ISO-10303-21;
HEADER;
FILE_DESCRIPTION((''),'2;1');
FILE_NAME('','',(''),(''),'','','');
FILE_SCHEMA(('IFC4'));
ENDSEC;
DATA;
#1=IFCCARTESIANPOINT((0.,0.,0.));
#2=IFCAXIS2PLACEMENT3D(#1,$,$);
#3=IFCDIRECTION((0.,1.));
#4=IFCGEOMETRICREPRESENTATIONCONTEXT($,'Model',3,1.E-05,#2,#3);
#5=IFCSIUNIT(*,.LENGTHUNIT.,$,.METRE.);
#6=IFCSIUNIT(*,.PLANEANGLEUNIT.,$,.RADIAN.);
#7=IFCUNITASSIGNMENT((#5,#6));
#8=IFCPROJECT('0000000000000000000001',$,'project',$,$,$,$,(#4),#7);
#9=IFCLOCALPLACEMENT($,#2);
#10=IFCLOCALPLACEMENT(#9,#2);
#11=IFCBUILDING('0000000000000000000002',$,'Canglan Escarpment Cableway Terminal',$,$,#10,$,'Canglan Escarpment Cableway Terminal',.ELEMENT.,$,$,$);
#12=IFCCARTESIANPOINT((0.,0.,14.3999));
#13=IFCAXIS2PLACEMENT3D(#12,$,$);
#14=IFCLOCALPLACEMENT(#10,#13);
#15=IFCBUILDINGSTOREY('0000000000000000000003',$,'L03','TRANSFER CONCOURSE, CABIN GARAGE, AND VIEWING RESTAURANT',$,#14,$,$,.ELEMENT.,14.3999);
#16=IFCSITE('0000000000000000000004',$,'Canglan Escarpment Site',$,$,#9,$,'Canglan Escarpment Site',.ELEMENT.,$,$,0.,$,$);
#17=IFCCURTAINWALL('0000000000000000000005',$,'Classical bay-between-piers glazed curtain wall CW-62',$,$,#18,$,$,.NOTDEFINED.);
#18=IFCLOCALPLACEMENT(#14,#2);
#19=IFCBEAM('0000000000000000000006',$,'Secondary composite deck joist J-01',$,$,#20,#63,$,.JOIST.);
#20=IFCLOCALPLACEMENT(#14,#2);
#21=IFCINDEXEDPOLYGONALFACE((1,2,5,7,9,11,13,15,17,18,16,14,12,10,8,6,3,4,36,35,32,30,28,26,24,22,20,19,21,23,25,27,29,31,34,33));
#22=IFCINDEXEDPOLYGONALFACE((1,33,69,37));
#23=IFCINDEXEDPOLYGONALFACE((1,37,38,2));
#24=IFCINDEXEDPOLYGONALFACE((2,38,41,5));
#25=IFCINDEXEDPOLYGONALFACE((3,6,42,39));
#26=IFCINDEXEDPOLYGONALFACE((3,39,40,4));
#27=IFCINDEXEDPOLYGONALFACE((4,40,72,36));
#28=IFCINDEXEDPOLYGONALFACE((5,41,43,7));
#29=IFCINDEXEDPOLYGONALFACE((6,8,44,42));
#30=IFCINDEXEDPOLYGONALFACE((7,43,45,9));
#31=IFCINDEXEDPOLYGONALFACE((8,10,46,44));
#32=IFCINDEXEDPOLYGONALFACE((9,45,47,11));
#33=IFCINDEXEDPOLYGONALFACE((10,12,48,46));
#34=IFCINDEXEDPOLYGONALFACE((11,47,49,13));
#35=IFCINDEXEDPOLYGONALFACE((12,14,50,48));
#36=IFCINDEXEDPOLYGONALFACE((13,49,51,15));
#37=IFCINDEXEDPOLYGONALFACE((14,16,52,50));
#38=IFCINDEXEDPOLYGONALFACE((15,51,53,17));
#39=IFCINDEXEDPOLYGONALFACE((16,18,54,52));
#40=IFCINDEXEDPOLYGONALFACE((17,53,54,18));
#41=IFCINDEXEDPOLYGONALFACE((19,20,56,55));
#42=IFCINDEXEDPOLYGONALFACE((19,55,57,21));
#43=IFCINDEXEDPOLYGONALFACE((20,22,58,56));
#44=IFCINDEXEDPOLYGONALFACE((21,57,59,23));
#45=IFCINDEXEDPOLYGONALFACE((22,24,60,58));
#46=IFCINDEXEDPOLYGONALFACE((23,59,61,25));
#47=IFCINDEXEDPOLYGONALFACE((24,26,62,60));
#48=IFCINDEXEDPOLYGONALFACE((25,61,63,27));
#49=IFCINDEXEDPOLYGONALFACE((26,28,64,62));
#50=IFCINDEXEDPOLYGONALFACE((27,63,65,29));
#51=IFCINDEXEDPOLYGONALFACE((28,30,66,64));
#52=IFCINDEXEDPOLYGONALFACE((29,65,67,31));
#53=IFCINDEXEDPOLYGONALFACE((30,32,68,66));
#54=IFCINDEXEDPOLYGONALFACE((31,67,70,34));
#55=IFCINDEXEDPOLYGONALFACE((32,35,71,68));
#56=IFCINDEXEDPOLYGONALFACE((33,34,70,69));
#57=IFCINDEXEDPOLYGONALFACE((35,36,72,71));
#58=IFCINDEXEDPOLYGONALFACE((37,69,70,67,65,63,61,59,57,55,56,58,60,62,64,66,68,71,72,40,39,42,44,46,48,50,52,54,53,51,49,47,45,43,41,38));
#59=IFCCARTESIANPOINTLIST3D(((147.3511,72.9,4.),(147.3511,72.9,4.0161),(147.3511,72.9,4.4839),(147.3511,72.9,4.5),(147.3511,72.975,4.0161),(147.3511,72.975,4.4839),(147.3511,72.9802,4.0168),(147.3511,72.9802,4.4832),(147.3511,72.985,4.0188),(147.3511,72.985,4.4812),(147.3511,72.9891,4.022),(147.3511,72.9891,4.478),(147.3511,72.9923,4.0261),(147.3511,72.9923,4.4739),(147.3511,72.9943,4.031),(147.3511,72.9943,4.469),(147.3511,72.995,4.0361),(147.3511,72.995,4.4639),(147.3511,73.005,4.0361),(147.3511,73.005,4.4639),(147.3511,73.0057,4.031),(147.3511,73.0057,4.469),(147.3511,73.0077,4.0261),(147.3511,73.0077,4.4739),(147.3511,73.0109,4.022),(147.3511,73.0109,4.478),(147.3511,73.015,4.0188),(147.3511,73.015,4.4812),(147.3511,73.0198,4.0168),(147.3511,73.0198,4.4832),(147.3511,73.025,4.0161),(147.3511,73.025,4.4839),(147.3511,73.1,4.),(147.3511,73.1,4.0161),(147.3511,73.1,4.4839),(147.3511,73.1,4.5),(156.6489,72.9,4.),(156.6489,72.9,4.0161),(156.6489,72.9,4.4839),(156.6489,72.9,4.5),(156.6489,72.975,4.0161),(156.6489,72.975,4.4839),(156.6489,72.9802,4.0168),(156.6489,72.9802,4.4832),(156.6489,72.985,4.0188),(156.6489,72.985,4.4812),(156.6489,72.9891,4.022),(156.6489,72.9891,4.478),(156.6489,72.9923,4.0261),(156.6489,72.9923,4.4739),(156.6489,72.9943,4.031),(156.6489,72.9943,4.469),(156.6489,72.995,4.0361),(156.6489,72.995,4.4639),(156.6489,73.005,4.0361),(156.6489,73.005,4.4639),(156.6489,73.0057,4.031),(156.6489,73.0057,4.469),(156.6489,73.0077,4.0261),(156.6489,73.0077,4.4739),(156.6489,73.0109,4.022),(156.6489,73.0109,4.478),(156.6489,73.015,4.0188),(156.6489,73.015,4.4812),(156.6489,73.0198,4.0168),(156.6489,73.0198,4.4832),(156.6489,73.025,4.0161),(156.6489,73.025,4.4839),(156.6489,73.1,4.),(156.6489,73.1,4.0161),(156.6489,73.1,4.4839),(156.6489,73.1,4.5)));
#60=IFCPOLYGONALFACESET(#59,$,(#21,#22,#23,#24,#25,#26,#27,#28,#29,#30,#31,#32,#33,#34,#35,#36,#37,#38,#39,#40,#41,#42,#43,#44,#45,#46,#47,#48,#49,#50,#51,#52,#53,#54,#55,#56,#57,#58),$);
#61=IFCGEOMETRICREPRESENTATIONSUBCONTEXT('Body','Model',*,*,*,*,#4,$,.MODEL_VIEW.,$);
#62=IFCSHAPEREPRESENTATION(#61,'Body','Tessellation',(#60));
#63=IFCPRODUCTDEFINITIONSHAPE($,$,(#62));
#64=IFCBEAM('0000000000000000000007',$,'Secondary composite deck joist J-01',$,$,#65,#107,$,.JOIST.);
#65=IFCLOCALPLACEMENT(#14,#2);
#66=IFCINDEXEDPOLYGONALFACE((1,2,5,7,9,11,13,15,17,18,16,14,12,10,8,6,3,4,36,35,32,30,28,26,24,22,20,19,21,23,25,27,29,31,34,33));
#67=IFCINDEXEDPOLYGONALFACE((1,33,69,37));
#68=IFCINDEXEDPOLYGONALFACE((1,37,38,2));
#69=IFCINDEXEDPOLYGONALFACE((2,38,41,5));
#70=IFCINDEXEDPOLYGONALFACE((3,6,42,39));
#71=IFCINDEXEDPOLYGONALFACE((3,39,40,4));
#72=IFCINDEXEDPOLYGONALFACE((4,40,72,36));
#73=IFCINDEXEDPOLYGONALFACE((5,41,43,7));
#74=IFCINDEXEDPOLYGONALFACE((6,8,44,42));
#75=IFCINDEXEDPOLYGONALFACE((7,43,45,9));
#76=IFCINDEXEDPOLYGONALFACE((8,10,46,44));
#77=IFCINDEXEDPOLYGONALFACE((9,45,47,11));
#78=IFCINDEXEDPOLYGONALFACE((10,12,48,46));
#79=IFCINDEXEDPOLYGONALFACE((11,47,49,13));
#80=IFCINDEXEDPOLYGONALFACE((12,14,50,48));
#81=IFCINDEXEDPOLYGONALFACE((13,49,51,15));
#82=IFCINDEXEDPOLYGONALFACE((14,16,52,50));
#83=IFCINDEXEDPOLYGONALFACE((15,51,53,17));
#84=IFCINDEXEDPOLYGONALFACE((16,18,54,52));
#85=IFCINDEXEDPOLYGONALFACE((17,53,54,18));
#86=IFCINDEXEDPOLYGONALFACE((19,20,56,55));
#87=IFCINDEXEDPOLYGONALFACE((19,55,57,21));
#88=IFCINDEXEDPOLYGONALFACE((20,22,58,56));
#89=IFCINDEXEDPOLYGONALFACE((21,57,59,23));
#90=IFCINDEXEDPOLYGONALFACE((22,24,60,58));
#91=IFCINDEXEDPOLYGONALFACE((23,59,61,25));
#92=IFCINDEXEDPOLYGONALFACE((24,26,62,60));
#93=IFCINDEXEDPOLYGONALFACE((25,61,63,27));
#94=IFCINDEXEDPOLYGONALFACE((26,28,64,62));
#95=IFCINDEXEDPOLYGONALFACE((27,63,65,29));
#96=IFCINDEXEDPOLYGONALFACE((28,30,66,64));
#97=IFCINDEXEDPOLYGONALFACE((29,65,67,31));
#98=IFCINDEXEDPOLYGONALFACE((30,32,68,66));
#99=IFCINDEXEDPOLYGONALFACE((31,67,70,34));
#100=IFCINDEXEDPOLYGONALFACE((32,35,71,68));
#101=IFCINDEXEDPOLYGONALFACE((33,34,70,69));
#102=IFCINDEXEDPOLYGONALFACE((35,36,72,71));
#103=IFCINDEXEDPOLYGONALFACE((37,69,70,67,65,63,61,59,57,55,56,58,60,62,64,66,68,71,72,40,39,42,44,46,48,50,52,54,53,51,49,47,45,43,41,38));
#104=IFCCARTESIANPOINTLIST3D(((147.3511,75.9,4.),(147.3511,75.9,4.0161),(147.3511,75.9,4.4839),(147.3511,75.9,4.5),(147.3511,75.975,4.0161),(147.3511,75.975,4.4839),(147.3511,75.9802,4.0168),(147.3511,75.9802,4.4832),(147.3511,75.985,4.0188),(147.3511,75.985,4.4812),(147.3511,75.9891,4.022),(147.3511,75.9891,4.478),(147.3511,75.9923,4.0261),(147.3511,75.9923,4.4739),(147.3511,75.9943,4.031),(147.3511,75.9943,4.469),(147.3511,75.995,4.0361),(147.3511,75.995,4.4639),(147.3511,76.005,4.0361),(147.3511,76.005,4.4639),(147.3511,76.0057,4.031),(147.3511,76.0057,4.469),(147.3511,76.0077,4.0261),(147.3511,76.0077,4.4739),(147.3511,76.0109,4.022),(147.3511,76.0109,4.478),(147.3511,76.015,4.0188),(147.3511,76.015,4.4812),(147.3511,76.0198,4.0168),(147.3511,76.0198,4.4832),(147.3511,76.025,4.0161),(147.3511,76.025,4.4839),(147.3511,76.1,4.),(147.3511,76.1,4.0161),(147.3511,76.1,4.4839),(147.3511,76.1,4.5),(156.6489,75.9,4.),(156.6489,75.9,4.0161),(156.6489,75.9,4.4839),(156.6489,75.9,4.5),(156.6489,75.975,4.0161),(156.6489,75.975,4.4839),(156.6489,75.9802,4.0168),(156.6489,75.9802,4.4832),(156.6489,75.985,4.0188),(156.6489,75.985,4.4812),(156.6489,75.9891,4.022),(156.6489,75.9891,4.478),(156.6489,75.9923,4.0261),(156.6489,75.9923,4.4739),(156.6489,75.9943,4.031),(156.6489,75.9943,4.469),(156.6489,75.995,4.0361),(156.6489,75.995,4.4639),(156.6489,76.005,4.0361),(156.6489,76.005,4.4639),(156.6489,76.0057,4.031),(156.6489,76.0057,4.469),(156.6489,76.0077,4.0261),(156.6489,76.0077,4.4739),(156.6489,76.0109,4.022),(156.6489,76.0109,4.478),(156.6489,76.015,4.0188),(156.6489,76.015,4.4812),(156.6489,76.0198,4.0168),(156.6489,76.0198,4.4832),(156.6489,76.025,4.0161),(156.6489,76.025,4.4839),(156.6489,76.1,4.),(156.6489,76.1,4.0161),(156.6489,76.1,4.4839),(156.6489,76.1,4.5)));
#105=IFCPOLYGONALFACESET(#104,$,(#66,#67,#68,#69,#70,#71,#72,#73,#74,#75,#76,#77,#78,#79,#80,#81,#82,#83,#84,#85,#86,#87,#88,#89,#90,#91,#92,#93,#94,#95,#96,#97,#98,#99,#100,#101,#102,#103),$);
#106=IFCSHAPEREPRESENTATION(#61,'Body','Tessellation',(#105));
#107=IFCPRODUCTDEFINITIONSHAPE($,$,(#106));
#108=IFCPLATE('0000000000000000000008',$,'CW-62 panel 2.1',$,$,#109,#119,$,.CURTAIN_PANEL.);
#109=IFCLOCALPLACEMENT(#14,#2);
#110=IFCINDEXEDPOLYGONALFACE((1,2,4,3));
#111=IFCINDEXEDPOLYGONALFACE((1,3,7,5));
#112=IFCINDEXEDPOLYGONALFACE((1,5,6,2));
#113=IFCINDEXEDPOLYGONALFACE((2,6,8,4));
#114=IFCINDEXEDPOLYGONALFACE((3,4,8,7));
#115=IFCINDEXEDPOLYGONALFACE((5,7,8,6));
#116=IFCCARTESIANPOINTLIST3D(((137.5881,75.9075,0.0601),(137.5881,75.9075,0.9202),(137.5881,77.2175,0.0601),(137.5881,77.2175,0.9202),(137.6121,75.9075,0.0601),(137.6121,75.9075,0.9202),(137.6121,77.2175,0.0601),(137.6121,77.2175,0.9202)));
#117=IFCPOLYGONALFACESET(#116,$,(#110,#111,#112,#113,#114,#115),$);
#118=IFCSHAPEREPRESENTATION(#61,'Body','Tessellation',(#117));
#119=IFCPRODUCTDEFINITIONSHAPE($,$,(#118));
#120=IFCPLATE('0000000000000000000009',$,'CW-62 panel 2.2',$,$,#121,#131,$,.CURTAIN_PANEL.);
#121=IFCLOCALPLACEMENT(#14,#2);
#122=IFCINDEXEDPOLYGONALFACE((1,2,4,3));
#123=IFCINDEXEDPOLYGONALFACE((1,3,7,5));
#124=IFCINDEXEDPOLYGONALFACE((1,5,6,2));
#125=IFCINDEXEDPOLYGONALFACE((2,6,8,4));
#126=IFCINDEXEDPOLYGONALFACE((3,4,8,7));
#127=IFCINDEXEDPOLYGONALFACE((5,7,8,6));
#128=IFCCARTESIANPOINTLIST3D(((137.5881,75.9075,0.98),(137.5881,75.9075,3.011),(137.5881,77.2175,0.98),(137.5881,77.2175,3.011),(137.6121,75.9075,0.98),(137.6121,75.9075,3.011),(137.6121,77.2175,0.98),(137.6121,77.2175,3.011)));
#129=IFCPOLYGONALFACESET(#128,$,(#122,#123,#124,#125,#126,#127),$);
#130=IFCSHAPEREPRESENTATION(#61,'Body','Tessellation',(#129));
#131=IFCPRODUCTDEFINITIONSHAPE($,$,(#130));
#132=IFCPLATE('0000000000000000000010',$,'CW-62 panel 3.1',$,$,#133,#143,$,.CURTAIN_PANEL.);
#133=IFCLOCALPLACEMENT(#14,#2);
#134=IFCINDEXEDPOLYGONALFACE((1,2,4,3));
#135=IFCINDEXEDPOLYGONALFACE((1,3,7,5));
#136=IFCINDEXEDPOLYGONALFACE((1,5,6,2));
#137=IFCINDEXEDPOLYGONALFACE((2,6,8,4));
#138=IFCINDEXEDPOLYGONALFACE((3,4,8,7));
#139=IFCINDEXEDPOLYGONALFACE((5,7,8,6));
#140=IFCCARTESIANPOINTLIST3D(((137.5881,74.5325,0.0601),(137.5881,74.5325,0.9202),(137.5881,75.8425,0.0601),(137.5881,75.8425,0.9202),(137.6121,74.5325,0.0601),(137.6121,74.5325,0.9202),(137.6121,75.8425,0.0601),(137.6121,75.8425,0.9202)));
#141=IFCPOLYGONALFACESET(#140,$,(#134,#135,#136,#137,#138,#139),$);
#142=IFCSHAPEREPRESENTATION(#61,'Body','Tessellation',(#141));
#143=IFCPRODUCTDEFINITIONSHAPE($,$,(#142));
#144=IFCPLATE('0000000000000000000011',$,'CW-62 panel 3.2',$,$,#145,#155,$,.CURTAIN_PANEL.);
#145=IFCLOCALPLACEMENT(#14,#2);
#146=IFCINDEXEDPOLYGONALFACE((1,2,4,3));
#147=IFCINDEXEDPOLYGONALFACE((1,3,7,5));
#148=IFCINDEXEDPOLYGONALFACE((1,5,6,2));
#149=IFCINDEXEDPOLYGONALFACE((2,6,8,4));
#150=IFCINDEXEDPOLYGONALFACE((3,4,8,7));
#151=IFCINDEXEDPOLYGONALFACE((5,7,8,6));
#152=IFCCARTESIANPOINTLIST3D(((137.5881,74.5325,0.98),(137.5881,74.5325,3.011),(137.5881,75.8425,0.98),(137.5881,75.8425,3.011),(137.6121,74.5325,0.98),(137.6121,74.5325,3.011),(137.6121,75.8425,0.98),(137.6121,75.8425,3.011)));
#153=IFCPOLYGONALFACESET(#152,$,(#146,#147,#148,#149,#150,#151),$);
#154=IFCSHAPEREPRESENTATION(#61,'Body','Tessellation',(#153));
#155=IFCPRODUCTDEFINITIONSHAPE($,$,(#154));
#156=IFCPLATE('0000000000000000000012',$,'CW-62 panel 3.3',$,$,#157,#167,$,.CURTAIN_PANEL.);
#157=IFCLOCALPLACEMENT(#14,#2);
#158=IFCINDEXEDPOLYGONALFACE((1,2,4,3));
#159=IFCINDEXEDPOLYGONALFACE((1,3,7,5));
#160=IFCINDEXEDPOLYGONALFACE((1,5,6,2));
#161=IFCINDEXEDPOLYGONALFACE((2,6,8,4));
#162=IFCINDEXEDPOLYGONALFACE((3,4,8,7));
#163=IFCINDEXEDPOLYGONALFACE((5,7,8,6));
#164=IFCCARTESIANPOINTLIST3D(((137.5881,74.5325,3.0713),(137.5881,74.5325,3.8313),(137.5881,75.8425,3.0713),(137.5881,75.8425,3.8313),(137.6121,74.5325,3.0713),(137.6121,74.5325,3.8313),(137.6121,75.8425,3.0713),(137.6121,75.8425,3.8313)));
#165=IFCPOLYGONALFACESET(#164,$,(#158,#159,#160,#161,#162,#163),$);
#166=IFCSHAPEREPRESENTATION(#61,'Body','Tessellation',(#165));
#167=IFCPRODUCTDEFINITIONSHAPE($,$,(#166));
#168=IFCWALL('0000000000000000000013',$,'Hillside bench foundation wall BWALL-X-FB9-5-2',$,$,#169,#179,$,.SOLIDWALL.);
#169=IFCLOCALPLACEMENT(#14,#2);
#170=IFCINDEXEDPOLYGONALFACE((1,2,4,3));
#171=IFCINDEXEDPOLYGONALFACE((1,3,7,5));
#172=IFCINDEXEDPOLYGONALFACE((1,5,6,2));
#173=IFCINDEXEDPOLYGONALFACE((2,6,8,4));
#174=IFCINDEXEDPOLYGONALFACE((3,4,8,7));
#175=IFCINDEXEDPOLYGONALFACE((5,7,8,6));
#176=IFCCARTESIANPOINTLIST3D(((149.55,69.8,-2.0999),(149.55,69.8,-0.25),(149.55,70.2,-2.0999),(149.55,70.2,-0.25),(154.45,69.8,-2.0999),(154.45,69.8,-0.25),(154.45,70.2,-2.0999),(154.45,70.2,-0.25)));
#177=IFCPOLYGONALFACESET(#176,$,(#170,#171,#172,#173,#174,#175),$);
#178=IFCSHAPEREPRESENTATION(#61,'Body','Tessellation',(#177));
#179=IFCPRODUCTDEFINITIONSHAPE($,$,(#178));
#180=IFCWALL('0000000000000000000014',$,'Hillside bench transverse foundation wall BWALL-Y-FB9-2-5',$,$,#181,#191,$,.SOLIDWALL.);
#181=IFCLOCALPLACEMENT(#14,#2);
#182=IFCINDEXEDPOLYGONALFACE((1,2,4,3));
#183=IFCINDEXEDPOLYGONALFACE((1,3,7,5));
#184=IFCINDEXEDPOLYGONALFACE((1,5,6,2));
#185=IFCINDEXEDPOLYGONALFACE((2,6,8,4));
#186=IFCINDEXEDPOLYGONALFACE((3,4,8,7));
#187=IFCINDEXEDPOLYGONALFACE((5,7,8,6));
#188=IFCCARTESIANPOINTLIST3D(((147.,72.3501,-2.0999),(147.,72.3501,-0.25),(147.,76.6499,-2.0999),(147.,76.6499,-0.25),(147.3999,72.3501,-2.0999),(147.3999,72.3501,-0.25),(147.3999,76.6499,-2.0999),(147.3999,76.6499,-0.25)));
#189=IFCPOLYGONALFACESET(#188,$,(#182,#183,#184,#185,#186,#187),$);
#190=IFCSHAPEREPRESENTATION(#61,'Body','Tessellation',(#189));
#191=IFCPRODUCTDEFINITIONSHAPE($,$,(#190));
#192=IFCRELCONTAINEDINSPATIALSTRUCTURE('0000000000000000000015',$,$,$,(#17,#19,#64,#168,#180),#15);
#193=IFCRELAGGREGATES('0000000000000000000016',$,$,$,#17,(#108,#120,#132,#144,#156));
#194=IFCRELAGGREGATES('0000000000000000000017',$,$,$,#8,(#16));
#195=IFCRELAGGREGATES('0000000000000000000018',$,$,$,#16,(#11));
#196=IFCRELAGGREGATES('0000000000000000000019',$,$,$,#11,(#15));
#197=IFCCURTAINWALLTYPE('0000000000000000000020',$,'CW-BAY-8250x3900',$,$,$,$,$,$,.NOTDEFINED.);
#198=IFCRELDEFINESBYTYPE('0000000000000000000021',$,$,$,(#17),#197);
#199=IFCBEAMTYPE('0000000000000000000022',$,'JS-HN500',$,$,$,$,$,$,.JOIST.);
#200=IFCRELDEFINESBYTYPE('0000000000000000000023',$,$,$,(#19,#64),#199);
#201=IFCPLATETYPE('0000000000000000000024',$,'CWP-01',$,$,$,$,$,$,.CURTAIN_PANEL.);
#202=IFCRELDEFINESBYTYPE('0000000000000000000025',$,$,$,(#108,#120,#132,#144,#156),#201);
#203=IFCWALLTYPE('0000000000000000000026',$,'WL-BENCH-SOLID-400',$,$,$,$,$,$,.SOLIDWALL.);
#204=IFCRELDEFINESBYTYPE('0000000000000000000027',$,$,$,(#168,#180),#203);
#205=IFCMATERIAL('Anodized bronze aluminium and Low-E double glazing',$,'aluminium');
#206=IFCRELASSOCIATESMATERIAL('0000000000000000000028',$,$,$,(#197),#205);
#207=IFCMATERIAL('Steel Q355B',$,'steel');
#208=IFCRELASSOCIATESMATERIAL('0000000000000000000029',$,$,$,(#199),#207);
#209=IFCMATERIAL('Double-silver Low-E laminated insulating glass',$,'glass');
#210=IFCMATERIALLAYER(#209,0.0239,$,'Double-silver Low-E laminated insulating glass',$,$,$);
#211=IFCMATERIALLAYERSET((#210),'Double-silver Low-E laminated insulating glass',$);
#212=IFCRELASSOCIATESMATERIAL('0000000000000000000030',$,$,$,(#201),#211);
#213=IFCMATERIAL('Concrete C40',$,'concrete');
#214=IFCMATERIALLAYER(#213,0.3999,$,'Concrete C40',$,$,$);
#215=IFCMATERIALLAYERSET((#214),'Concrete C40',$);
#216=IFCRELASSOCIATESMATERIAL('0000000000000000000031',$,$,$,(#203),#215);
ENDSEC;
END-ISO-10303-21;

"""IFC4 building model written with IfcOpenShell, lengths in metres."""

from ifc_helpers import new_model, si_unit, direction, frame, frame_2d, origin, origin_2d, place, context, subcontext, project, spatial, rectangle, i_section, extrude, material, layer, layer_set, material_profile, profile_set, type_object, element, aggregate, save


model = new_model("IFC4")

# Units and contexts
model_context = context("Model", 3, precision=1e-05, world=origin(), true_north=direction((0.0, 1.0)))
body_context = subcontext(model_context, "Body", "Model", "MODEL_VIEW")
ifc_project = project(units=[si_unit("LENGTHUNIT", "METRE"), si_unit("PLANEANGLEUNIT", "RADIAN")], contexts=[model_context])

# Site, building, storey
site_placement = place(None, origin())
site = spatial("IfcSite", under=ifc_project, at=site_placement, Name="Canglan Escarpment Site", LongName="Canglan Escarpment Site", CompositionType="ELEMENT", RefElevation=0.0)
building_placement = place(site_placement, origin())
building = spatial("IfcBuilding", under=site, at=building_placement, Name="Canglan Escarpment Cableway Terminal", LongName="Canglan Escarpment Cableway Terminal", CompositionType="ELEMENT")
storey_placement = place(building_placement, frame((0.0, 0.0, 14.3999)))
storey = spatial("IfcBuildingStorey", under=building, at=storey_placement, Name="L03", Description="TRANSFER CONCOURSE, CABIN GARAGE, AND VIEWING RESTAURANT", CompositionType="ELEMENT", Elevation=14.3999)

# Shared definitions
ifc_material_1 = material(Name="Concrete C40", Category="concrete")

# Curtain wall
ifc_material_2 = material(Name="Anodized bronze aluminium and Low-E double glazing", Category="aluminium")
curtain_wall_type = type_object("IfcCurtainWallType", Name="CW-BAY-8250x3900", PredefinedType="NOTDEFINED", material=ifc_material_2)
curtain_wall_placement = place(storey_placement, origin())
curtain_wall = element("IfcCurtainWall", 1, at=curtain_wall_placement, inside=storey, type_object=curtain_wall_type, Name="Classical bay-between-piers glazed curtain wall CW-62", PredefinedType="NOTDEFINED")

# Beams
ifc_material_3 = material(Name="Steel Q355B", Category="steel")
ifc_material_profile_1 = material_profile(ifc_material_3, i_section(OverallWidth=0.2, OverallDepth=0.5, WebThickness=0.01, FlangeThickness=0.0161, FilletRadius=0.02, at=origin_2d()), Name="HN 500x200x10x16")
ifc_profile_set_1 = profile_set([ifc_material_profile_1], Name="Steel Q355B")
beam_type_1 = type_object("IfcBeamType", Name="JS-HN500", PredefinedType="JOIST", material=ifc_profile_set_1)
for number, where, z_axis, x_axis, name in (
    (2, (147.3511, 73.0, 4.25), (1.0, 0.0, 0.0), (0.0, 1.0, 0.0), "Secondary composite deck joist J-01"),
    (3, (147.3511, 76.0, 4.25), (1.0, 0.0, 0.0), (0.0, 1.0, 0.0), "Secondary composite deck joist J-01"),
):
    element("IfcBeam", number, at=place(storey_placement, frame(where, z_axis=z_axis, x_axis=x_axis)), inside=storey, type_object=beam_type_1, Name=name, PredefinedType="JOIST", context=body_context, shape_type="SweptSolid", body=[
        extrude(i_section(OverallWidth=0.2, OverallDepth=0.5, WebThickness=0.01, FlangeThickness=0.0161, FilletRadius=0.02, at=origin_2d()), origin(), (0.0, 0.0, 1.0), 9.2979),
    ])

# Plates
ifc_material_4 = material(Name="Double-silver Low-E laminated insulating glass", Category="glass")
ifc_layer_1 = layer(ifc_material_4, 0.0239, Name="Double-silver Low-E laminated insulating glass")
ifc_layer_set_1 = layer_set([ifc_layer_1], Name="Double-silver Low-E laminated insulating glass")
plate_type = type_object("IfcPlateType", Name="CWP-01", PredefinedType="CURTAIN_PANEL", material=ifc_layer_set_1)
plate_1_placement = place(storey_placement, frame((137.6001, 76.5625, 0.0601), z_axis=(0.0, 0.0, 1.0), x_axis=(0.0, -1.0, 0.0)))
plate_1 = element("IfcPlate", 4, at=plate_1_placement, type_object=plate_type, Name="CW-62 panel 2.1", PredefinedType="CURTAIN_PANEL", context=body_context, shape_type="SweptSolid", body=[
    extrude(rectangle(XDim=1.3101, YDim=0.0239, at=origin_2d()), origin(), (0.0, 0.0, 1.0), 0.8601),
])
plate_2_placement = place(storey_placement, frame((137.6001, 76.5625, 0.98), z_axis=(0.0, 0.0, 1.0), x_axis=(0.0, -1.0, 0.0)))
plate_2 = element("IfcPlate", 5, at=plate_2_placement, type_object=plate_type, Name="CW-62 panel 2.2", PredefinedType="CURTAIN_PANEL", context=body_context, shape_type="SweptSolid", body=[
    extrude(rectangle(XDim=1.3101, YDim=0.0239, at=origin_2d()), origin(), (0.0, 0.0, 1.0), 2.031),
])
plate_3_placement = place(storey_placement, frame((137.6001, 75.1875, 0.0601), z_axis=(0.0, 0.0, 1.0), x_axis=(0.0, -1.0, 0.0)))
plate_3 = element("IfcPlate", 6, at=plate_3_placement, type_object=plate_type, Name="CW-62 panel 3.1", PredefinedType="CURTAIN_PANEL", context=body_context, shape_type="SweptSolid", body=[
    extrude(rectangle(XDim=1.3101, YDim=0.0239, at=origin_2d()), origin(), (0.0, 0.0, 1.0), 0.8601),
])
plate_4_placement = place(storey_placement, frame((137.6001, 75.1875, 0.98), z_axis=(0.0, 0.0, 1.0), x_axis=(0.0, -1.0, 0.0)))
plate_4 = element("IfcPlate", 7, at=plate_4_placement, type_object=plate_type, Name="CW-62 panel 3.2", PredefinedType="CURTAIN_PANEL", context=body_context, shape_type="SweptSolid", body=[
    extrude(rectangle(XDim=1.3101, YDim=0.0239, at=origin_2d()), origin(), (0.0, 0.0, 1.0), 2.031),
])
plate_5_placement = place(storey_placement, frame((137.6001, 75.1875, 3.0713), z_axis=(0.0, 0.0, 1.0), x_axis=(0.0, -1.0, 0.0)))
plate_5 = element("IfcPlate", 8, at=plate_5_placement, type_object=plate_type, Name="CW-62 panel 3.3", PredefinedType="CURTAIN_PANEL", context=body_context, shape_type="SweptSolid", body=[
    extrude(rectangle(XDim=1.3101, YDim=0.0239, at=origin_2d()), origin(), (0.0, 0.0, 1.0), 0.76),
])
aggregate(curtain_wall, [plate_1, plate_2, plate_3, plate_4, plate_5])

# Walls
ifc_layer_2 = layer(ifc_material_1, 0.3999, Name="Concrete C40")
ifc_layer_set_2 = layer_set([ifc_layer_2], Name="Concrete C40")
wall_type = type_object("IfcWallType", Name="WL-BENCH-SOLID-400", PredefinedType="SOLIDWALL", material=ifc_layer_set_2)
wall_1_placement = place(storey_placement, frame((149.55, 70.0, -2.0999), z_axis=(0.0, 0.0, 1.0), x_axis=(1.0, 0.0, 0.0)))
element("IfcWall", 9, at=wall_1_placement, inside=storey, type_object=wall_type, Name="Hillside bench foundation wall BWALL-X-FB9-5-2", PredefinedType="SOLIDWALL", context=body_context, shape_type="SweptSolid", body=[
    extrude(rectangle(XDim=4.8999, YDim=0.3999, at=frame_2d((2.45, 0.0))), origin(), (0.0, 0.0, 1.0), 1.8499),
])
wall_2_placement = place(storey_placement, frame((147.2, 72.3501, -2.0999), z_axis=(0.0, 0.0, 1.0), x_axis=(0.0, 1.0, 0.0)))
element("IfcWall", 10, at=wall_2_placement, inside=storey, type_object=wall_type, Name="Hillside bench transverse foundation wall BWALL-Y-FB9-2-5", PredefinedType="SOLIDWALL", context=body_context, shape_type="SweptSolid", body=[
    extrude(rectangle(XDim=4.2998, YDim=0.3999, at=frame_2d((2.1499, 0.0))), origin(), (0.0, 0.0, 1.0), 1.8499),
])

save(model, "model.ifc")
